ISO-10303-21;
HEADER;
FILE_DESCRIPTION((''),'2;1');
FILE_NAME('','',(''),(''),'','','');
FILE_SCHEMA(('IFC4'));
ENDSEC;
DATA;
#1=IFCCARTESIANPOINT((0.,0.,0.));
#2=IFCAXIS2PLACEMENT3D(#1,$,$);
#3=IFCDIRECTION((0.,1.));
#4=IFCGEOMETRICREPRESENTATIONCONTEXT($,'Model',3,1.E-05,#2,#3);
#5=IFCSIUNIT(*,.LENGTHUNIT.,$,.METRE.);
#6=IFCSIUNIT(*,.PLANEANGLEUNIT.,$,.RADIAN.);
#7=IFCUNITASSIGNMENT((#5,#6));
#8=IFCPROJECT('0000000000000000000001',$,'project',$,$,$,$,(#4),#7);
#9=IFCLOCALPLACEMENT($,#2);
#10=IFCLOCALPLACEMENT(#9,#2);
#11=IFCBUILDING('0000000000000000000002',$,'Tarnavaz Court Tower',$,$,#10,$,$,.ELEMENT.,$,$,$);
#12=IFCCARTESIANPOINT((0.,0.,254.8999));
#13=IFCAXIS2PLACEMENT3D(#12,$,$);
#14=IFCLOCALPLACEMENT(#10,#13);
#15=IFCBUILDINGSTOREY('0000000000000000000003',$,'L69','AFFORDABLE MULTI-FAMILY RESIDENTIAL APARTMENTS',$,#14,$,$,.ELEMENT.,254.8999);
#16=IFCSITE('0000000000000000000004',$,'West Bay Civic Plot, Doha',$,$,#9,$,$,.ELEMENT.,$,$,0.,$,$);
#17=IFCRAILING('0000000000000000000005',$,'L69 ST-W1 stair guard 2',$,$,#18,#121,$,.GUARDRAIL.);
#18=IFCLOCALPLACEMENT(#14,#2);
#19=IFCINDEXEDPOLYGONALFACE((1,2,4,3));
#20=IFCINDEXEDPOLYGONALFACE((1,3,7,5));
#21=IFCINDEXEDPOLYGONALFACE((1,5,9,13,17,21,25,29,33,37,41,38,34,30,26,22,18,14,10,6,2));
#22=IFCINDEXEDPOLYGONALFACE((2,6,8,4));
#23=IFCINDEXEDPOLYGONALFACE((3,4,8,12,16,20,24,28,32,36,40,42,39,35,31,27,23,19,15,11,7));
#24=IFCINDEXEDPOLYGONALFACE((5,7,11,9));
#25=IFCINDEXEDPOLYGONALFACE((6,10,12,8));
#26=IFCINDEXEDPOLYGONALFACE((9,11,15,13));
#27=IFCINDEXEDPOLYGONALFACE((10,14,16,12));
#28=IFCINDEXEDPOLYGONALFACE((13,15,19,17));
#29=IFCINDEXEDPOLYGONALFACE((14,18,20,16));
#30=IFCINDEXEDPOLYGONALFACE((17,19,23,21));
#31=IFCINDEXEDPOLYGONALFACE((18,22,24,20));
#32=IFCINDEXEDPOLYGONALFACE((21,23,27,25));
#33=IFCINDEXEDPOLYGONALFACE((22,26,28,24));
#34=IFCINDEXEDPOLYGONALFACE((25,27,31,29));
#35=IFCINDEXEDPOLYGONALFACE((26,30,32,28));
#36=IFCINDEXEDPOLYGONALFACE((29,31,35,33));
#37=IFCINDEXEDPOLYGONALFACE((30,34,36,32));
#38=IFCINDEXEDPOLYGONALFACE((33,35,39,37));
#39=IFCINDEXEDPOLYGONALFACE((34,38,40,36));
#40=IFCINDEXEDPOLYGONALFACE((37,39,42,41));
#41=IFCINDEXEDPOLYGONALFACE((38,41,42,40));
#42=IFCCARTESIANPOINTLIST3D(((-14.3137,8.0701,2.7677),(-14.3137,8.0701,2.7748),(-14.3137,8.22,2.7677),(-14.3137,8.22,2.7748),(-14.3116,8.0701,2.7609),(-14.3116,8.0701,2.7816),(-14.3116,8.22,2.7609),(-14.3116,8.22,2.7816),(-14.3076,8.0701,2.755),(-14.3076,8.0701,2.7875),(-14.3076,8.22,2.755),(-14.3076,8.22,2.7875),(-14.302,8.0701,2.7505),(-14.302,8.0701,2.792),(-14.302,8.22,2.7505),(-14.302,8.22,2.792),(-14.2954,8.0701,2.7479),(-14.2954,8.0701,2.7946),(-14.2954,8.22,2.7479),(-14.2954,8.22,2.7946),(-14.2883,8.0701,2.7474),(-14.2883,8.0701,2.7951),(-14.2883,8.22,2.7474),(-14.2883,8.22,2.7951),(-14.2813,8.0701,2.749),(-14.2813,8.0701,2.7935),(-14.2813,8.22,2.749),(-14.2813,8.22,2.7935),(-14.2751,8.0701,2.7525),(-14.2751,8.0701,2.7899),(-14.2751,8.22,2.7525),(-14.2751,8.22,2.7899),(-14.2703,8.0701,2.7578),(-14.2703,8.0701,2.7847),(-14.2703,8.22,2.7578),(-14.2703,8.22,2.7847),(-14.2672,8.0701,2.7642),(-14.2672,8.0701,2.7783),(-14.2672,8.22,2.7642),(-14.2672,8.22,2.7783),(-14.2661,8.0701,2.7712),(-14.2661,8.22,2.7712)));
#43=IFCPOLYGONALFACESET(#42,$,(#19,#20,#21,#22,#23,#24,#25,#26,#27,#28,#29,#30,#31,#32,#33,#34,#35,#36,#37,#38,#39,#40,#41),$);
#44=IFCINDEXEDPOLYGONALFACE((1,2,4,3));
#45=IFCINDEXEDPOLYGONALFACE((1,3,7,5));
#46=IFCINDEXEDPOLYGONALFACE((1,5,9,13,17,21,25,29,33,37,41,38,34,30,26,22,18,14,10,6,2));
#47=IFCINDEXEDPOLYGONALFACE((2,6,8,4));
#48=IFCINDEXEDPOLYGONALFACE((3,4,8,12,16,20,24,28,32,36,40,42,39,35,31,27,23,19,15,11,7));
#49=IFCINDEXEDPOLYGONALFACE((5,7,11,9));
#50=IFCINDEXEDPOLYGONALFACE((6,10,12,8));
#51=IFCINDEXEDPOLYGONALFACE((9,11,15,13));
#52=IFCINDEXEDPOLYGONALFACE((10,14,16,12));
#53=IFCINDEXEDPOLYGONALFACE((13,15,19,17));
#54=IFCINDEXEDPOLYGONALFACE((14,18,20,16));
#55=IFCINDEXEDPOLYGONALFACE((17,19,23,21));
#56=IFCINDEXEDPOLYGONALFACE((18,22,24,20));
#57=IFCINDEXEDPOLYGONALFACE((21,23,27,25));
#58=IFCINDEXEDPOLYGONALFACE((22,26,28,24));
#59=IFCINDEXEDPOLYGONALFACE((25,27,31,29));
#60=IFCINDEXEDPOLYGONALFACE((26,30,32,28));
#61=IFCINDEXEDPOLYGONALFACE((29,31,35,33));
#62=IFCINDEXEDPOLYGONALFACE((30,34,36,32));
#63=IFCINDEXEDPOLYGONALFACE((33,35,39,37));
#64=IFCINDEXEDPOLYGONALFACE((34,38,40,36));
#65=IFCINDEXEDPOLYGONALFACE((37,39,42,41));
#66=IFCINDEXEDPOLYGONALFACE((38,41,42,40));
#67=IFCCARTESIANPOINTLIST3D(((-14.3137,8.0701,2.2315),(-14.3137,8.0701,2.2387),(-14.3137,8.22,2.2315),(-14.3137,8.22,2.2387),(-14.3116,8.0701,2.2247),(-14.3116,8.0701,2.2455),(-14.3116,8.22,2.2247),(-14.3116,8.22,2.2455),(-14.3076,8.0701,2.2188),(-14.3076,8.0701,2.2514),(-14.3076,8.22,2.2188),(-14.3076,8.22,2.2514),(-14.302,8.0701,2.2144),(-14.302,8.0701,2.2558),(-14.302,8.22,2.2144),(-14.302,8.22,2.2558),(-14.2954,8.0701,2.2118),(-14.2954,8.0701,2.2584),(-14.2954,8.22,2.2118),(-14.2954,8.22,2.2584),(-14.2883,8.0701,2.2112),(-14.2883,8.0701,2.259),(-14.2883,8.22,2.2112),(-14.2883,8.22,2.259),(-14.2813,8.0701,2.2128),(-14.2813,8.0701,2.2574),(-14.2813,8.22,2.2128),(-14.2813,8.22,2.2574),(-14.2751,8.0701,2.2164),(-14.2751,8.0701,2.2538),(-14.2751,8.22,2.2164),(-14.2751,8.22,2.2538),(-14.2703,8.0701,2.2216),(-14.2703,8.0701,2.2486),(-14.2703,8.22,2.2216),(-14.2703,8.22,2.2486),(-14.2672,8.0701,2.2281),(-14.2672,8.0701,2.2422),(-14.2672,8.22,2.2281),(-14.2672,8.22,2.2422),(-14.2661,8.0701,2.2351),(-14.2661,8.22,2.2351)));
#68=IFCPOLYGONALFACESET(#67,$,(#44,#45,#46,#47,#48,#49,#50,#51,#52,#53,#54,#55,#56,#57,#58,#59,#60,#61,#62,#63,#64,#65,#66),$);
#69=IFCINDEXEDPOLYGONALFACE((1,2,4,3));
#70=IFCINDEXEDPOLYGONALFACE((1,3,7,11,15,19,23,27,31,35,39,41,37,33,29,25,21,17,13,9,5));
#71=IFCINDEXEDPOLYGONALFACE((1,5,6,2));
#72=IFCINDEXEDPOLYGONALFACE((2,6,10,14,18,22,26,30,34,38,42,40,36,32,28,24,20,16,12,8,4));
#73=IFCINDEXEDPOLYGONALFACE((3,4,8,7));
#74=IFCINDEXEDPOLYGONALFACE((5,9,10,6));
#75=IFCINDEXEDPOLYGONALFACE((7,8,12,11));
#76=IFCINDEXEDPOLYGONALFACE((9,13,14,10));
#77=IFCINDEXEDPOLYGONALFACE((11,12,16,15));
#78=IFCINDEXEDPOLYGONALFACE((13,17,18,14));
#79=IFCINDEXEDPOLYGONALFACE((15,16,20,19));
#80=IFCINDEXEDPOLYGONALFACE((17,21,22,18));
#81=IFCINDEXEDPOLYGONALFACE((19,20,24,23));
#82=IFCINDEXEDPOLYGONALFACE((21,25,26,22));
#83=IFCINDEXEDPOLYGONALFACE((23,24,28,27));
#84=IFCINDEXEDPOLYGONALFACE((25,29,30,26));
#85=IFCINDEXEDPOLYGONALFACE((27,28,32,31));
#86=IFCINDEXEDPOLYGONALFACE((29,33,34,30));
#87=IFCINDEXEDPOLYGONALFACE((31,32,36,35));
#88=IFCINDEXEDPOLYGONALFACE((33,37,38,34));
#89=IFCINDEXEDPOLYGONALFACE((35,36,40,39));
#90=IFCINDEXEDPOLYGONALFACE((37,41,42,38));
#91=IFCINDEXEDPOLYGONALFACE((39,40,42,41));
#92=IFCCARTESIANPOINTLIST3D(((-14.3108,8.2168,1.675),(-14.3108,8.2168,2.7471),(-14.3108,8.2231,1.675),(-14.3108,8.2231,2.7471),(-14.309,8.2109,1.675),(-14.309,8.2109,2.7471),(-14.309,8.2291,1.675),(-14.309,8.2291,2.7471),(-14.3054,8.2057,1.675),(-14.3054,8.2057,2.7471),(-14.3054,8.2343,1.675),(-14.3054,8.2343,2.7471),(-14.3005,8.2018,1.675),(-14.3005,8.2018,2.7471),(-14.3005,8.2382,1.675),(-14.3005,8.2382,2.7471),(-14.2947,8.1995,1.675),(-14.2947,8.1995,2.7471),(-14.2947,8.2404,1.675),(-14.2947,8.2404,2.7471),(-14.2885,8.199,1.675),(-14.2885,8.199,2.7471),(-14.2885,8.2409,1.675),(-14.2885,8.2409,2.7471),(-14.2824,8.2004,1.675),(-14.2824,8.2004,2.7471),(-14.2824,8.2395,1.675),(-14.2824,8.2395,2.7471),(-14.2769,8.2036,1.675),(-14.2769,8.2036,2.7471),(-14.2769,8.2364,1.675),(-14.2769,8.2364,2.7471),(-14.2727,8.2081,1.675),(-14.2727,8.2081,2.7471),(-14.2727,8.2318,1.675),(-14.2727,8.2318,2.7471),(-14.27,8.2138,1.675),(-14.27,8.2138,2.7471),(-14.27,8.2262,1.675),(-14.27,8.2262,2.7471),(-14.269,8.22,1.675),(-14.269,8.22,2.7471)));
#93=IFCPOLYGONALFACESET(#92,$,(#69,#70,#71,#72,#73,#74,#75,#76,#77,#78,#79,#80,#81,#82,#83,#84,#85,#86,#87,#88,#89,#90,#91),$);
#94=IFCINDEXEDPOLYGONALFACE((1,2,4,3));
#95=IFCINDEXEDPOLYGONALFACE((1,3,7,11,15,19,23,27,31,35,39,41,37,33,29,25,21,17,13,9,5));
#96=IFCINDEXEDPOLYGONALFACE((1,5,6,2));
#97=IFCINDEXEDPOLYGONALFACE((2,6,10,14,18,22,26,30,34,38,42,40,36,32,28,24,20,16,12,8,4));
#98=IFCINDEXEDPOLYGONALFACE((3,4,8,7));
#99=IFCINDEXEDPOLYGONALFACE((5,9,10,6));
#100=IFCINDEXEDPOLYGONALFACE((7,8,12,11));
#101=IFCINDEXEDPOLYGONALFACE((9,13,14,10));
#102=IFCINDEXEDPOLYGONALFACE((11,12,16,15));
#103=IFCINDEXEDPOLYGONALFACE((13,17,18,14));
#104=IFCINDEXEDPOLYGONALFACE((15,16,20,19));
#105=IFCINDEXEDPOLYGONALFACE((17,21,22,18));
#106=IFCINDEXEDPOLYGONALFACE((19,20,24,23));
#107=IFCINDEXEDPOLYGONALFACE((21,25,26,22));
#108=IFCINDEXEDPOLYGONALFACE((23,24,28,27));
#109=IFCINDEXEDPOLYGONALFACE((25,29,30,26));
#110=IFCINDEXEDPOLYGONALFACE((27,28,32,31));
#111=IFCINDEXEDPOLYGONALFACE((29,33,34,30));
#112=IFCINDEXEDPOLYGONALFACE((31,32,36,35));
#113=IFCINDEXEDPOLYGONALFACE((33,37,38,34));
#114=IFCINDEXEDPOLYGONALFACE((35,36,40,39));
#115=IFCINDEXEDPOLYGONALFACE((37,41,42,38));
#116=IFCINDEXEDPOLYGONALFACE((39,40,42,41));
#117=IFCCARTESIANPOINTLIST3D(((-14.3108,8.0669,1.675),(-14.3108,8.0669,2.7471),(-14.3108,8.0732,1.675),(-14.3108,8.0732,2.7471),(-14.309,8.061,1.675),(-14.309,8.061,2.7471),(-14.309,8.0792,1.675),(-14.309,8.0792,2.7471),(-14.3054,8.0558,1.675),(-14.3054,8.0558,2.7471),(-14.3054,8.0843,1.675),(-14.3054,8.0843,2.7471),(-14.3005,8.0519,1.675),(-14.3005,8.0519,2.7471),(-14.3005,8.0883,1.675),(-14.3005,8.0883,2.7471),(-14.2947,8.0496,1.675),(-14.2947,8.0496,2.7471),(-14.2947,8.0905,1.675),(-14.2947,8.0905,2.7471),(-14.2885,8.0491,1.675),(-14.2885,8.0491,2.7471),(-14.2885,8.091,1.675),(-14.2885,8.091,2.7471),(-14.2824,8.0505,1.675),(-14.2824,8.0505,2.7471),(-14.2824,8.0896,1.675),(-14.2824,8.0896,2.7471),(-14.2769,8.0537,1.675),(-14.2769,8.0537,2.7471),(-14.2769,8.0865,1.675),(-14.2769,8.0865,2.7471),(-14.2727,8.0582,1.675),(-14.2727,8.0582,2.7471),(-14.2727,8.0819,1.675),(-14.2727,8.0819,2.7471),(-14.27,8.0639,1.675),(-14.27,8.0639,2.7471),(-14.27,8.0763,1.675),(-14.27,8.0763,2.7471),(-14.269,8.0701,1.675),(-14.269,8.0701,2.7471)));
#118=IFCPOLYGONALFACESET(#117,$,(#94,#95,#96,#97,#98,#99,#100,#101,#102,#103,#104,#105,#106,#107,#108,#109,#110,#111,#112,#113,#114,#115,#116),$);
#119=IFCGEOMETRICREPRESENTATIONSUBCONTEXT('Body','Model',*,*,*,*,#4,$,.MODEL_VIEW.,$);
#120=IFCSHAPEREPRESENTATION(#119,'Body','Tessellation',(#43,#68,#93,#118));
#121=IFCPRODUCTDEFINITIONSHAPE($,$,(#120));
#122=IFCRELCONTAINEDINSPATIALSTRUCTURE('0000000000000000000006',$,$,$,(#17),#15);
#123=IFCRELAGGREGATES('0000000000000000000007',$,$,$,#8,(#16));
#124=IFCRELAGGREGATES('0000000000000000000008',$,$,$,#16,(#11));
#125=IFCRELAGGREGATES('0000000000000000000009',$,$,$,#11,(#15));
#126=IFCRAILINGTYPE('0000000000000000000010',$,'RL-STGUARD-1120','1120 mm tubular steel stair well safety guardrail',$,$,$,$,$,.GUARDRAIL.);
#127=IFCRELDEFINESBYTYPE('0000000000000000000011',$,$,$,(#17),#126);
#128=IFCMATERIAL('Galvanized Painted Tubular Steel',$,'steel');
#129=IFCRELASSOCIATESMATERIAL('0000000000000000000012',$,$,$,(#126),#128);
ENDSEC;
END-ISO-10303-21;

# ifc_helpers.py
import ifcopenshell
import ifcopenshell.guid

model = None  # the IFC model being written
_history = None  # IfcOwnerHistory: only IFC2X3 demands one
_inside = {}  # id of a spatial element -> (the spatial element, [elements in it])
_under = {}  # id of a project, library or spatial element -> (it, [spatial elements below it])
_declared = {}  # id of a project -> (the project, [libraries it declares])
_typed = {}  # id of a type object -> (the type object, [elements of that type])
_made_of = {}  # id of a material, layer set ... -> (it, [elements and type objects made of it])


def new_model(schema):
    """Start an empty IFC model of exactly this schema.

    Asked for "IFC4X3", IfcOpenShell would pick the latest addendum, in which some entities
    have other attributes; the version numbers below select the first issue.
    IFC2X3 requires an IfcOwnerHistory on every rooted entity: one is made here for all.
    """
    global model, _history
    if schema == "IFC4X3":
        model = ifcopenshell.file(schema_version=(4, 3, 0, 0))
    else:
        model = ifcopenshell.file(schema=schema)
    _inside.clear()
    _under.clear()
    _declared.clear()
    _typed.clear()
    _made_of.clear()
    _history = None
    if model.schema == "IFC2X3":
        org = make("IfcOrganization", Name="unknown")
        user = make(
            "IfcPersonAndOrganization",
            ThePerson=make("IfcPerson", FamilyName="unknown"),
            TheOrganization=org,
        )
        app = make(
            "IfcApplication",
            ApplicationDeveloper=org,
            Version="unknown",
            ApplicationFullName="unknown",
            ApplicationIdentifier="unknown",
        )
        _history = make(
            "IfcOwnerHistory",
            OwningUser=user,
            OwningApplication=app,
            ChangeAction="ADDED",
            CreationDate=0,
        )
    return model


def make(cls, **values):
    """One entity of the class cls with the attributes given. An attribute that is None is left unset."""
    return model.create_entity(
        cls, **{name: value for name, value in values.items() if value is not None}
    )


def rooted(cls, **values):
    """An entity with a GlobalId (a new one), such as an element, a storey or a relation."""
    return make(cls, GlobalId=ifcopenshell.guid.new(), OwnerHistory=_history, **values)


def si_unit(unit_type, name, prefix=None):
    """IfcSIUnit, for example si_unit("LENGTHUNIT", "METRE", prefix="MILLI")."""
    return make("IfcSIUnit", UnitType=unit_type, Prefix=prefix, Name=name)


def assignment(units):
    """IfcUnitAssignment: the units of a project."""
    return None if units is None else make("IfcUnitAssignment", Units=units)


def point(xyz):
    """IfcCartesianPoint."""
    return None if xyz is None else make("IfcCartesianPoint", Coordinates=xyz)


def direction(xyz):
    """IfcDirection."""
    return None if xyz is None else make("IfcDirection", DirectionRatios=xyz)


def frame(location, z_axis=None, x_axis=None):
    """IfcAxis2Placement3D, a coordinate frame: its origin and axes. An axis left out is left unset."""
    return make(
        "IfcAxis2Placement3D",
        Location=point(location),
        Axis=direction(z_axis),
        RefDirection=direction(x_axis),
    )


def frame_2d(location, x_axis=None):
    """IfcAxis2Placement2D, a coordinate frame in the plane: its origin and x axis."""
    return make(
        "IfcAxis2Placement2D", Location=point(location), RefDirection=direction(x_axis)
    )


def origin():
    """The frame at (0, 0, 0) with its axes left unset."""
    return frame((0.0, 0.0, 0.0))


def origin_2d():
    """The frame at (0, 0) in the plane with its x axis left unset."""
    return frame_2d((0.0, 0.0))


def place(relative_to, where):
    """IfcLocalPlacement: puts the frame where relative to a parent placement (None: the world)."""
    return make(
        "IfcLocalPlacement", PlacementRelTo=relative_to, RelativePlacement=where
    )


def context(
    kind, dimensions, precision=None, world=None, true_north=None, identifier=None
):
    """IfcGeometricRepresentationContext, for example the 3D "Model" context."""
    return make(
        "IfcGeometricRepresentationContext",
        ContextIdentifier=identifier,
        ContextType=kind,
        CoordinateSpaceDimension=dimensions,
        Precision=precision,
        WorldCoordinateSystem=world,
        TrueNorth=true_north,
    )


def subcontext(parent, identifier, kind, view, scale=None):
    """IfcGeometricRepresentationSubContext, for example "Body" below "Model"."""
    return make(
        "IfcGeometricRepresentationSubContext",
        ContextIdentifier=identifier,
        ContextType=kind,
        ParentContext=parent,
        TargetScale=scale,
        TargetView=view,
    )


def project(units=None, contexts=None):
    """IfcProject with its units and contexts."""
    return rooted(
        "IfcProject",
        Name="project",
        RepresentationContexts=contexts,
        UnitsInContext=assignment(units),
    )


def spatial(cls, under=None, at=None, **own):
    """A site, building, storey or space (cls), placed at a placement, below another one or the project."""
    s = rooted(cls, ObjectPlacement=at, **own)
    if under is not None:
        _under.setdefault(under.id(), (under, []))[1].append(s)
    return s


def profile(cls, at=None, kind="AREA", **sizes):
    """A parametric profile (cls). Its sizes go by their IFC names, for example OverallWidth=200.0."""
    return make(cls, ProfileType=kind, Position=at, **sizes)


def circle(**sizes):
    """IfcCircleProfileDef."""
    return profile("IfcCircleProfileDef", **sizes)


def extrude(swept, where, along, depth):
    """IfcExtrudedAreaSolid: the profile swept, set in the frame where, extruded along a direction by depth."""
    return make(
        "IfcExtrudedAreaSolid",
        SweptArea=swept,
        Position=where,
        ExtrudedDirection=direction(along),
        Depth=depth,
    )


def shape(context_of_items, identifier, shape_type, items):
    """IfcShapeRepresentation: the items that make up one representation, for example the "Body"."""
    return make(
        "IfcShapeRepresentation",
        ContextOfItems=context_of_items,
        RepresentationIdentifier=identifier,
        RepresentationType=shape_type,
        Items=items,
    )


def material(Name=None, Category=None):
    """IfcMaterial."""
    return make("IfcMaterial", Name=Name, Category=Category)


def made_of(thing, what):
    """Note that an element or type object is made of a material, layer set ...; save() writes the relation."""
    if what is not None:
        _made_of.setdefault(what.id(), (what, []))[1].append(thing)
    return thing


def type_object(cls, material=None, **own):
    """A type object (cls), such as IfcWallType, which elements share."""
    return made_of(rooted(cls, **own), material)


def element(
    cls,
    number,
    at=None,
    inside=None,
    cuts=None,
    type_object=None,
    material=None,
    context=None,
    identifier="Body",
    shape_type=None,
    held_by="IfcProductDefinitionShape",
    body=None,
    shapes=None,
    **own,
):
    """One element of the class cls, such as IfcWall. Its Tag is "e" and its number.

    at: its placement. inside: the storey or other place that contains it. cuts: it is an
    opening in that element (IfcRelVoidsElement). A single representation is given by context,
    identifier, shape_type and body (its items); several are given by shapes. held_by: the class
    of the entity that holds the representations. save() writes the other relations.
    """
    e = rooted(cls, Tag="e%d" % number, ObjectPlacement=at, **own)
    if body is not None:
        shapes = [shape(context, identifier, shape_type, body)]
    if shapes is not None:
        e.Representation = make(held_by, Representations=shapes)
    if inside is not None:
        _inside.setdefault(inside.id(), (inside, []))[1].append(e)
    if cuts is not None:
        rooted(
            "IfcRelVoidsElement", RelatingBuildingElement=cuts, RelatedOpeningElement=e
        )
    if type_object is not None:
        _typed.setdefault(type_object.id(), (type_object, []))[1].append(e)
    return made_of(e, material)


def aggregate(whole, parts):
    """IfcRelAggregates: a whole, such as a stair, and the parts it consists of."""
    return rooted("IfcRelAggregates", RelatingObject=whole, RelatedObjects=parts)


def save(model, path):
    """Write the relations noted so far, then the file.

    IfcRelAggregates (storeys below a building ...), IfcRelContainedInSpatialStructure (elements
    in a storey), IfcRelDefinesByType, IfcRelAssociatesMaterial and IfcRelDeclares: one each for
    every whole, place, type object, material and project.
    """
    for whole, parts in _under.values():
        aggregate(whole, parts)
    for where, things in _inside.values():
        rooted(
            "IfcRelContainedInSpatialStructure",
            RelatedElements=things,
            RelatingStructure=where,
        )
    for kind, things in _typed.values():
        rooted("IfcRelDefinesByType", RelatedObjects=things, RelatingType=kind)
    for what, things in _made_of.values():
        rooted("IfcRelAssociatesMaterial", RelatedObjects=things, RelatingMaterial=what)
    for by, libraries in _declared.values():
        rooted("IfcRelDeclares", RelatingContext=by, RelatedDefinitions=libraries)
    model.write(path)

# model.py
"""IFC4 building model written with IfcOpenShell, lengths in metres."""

from ifc_helpers import new_model, si_unit, direction, frame, origin, origin_2d, place, context, subcontext, project, spatial, circle, extrude, material, type_object, element, save


model = new_model("IFC4")

# Units and contexts
model_context = context("Model", 3, precision=1e-05, world=origin(), true_north=direction((0.0, 1.0)))
body_context = subcontext(model_context, "Body", "Model", "MODEL_VIEW")
ifc_project = project(units=[si_unit("LENGTHUNIT", "METRE"), si_unit("PLANEANGLEUNIT", "RADIAN")], contexts=[model_context])

# Site, building, storey
site_placement = place(None, origin())
site = spatial("IfcSite", under=ifc_project, at=site_placement, Name="West Bay Civic Plot, Doha", CompositionType="ELEMENT", RefElevation=0.0)
building_placement = place(site_placement, origin())
building = spatial("IfcBuilding", under=site, at=building_placement, Name="Tarnavaz Court Tower", CompositionType="ELEMENT")
storey_placement = place(building_placement, frame((0.0, 0.0, 254.8999)))
storey = spatial("IfcBuildingStorey", under=building, at=storey_placement, Name="L69", Description="AFFORDABLE MULTI-FAMILY RESIDENTIAL APARTMENTS", CompositionType="ELEMENT", Elevation=254.8999)

# Railing
ifc_material_1 = material(Name="Galvanized Painted Tubular Steel", Category="steel")
railing_type_1 = type_object("IfcRailingType", Name="RL-STGUARD-1120", Description="1120 mm tubular steel stair well safety guardrail", PredefinedType="GUARDRAIL", material=ifc_material_1)
railing_1_placement = place(storey_placement, frame((-14.29, 8.22, 1.675)))
element("IfcRailing", 1, at=railing_1_placement, inside=storey, type_object=railing_type_1, Name="L69 ST-W1 stair guard 2", PredefinedType="GUARDRAIL", context=body_context, shape_type="SweptSolid", body=[
    extrude(circle(Radius=0.0239, at=origin_2d()), frame((0.0, 0.0, 1.0962), z_axis=(0.0, -1.0, 0.0), x_axis=(1.0, 0.0, 0.0)), (0.0, 0.0, 1.0), 0.1499),
    extrude(circle(Radius=0.0239, at=origin_2d()), frame((0.0, 0.0, 0.5601), z_axis=(0.0, -1.0, 0.0), x_axis=(1.0, 0.0, 0.0)), (0.0, 0.0, 1.0), 0.1499),
    extrude(circle(Radius=0.021, at=origin_2d()), origin(), (0.0, 0.0, 1.0), 1.072),
    extrude(circle(Radius=0.021, at=origin_2d()), frame((0.0, -0.1499, 0.0)), (0.0, 0.0, 1.0), 1.072),
])

save(model, "model.ifc")
